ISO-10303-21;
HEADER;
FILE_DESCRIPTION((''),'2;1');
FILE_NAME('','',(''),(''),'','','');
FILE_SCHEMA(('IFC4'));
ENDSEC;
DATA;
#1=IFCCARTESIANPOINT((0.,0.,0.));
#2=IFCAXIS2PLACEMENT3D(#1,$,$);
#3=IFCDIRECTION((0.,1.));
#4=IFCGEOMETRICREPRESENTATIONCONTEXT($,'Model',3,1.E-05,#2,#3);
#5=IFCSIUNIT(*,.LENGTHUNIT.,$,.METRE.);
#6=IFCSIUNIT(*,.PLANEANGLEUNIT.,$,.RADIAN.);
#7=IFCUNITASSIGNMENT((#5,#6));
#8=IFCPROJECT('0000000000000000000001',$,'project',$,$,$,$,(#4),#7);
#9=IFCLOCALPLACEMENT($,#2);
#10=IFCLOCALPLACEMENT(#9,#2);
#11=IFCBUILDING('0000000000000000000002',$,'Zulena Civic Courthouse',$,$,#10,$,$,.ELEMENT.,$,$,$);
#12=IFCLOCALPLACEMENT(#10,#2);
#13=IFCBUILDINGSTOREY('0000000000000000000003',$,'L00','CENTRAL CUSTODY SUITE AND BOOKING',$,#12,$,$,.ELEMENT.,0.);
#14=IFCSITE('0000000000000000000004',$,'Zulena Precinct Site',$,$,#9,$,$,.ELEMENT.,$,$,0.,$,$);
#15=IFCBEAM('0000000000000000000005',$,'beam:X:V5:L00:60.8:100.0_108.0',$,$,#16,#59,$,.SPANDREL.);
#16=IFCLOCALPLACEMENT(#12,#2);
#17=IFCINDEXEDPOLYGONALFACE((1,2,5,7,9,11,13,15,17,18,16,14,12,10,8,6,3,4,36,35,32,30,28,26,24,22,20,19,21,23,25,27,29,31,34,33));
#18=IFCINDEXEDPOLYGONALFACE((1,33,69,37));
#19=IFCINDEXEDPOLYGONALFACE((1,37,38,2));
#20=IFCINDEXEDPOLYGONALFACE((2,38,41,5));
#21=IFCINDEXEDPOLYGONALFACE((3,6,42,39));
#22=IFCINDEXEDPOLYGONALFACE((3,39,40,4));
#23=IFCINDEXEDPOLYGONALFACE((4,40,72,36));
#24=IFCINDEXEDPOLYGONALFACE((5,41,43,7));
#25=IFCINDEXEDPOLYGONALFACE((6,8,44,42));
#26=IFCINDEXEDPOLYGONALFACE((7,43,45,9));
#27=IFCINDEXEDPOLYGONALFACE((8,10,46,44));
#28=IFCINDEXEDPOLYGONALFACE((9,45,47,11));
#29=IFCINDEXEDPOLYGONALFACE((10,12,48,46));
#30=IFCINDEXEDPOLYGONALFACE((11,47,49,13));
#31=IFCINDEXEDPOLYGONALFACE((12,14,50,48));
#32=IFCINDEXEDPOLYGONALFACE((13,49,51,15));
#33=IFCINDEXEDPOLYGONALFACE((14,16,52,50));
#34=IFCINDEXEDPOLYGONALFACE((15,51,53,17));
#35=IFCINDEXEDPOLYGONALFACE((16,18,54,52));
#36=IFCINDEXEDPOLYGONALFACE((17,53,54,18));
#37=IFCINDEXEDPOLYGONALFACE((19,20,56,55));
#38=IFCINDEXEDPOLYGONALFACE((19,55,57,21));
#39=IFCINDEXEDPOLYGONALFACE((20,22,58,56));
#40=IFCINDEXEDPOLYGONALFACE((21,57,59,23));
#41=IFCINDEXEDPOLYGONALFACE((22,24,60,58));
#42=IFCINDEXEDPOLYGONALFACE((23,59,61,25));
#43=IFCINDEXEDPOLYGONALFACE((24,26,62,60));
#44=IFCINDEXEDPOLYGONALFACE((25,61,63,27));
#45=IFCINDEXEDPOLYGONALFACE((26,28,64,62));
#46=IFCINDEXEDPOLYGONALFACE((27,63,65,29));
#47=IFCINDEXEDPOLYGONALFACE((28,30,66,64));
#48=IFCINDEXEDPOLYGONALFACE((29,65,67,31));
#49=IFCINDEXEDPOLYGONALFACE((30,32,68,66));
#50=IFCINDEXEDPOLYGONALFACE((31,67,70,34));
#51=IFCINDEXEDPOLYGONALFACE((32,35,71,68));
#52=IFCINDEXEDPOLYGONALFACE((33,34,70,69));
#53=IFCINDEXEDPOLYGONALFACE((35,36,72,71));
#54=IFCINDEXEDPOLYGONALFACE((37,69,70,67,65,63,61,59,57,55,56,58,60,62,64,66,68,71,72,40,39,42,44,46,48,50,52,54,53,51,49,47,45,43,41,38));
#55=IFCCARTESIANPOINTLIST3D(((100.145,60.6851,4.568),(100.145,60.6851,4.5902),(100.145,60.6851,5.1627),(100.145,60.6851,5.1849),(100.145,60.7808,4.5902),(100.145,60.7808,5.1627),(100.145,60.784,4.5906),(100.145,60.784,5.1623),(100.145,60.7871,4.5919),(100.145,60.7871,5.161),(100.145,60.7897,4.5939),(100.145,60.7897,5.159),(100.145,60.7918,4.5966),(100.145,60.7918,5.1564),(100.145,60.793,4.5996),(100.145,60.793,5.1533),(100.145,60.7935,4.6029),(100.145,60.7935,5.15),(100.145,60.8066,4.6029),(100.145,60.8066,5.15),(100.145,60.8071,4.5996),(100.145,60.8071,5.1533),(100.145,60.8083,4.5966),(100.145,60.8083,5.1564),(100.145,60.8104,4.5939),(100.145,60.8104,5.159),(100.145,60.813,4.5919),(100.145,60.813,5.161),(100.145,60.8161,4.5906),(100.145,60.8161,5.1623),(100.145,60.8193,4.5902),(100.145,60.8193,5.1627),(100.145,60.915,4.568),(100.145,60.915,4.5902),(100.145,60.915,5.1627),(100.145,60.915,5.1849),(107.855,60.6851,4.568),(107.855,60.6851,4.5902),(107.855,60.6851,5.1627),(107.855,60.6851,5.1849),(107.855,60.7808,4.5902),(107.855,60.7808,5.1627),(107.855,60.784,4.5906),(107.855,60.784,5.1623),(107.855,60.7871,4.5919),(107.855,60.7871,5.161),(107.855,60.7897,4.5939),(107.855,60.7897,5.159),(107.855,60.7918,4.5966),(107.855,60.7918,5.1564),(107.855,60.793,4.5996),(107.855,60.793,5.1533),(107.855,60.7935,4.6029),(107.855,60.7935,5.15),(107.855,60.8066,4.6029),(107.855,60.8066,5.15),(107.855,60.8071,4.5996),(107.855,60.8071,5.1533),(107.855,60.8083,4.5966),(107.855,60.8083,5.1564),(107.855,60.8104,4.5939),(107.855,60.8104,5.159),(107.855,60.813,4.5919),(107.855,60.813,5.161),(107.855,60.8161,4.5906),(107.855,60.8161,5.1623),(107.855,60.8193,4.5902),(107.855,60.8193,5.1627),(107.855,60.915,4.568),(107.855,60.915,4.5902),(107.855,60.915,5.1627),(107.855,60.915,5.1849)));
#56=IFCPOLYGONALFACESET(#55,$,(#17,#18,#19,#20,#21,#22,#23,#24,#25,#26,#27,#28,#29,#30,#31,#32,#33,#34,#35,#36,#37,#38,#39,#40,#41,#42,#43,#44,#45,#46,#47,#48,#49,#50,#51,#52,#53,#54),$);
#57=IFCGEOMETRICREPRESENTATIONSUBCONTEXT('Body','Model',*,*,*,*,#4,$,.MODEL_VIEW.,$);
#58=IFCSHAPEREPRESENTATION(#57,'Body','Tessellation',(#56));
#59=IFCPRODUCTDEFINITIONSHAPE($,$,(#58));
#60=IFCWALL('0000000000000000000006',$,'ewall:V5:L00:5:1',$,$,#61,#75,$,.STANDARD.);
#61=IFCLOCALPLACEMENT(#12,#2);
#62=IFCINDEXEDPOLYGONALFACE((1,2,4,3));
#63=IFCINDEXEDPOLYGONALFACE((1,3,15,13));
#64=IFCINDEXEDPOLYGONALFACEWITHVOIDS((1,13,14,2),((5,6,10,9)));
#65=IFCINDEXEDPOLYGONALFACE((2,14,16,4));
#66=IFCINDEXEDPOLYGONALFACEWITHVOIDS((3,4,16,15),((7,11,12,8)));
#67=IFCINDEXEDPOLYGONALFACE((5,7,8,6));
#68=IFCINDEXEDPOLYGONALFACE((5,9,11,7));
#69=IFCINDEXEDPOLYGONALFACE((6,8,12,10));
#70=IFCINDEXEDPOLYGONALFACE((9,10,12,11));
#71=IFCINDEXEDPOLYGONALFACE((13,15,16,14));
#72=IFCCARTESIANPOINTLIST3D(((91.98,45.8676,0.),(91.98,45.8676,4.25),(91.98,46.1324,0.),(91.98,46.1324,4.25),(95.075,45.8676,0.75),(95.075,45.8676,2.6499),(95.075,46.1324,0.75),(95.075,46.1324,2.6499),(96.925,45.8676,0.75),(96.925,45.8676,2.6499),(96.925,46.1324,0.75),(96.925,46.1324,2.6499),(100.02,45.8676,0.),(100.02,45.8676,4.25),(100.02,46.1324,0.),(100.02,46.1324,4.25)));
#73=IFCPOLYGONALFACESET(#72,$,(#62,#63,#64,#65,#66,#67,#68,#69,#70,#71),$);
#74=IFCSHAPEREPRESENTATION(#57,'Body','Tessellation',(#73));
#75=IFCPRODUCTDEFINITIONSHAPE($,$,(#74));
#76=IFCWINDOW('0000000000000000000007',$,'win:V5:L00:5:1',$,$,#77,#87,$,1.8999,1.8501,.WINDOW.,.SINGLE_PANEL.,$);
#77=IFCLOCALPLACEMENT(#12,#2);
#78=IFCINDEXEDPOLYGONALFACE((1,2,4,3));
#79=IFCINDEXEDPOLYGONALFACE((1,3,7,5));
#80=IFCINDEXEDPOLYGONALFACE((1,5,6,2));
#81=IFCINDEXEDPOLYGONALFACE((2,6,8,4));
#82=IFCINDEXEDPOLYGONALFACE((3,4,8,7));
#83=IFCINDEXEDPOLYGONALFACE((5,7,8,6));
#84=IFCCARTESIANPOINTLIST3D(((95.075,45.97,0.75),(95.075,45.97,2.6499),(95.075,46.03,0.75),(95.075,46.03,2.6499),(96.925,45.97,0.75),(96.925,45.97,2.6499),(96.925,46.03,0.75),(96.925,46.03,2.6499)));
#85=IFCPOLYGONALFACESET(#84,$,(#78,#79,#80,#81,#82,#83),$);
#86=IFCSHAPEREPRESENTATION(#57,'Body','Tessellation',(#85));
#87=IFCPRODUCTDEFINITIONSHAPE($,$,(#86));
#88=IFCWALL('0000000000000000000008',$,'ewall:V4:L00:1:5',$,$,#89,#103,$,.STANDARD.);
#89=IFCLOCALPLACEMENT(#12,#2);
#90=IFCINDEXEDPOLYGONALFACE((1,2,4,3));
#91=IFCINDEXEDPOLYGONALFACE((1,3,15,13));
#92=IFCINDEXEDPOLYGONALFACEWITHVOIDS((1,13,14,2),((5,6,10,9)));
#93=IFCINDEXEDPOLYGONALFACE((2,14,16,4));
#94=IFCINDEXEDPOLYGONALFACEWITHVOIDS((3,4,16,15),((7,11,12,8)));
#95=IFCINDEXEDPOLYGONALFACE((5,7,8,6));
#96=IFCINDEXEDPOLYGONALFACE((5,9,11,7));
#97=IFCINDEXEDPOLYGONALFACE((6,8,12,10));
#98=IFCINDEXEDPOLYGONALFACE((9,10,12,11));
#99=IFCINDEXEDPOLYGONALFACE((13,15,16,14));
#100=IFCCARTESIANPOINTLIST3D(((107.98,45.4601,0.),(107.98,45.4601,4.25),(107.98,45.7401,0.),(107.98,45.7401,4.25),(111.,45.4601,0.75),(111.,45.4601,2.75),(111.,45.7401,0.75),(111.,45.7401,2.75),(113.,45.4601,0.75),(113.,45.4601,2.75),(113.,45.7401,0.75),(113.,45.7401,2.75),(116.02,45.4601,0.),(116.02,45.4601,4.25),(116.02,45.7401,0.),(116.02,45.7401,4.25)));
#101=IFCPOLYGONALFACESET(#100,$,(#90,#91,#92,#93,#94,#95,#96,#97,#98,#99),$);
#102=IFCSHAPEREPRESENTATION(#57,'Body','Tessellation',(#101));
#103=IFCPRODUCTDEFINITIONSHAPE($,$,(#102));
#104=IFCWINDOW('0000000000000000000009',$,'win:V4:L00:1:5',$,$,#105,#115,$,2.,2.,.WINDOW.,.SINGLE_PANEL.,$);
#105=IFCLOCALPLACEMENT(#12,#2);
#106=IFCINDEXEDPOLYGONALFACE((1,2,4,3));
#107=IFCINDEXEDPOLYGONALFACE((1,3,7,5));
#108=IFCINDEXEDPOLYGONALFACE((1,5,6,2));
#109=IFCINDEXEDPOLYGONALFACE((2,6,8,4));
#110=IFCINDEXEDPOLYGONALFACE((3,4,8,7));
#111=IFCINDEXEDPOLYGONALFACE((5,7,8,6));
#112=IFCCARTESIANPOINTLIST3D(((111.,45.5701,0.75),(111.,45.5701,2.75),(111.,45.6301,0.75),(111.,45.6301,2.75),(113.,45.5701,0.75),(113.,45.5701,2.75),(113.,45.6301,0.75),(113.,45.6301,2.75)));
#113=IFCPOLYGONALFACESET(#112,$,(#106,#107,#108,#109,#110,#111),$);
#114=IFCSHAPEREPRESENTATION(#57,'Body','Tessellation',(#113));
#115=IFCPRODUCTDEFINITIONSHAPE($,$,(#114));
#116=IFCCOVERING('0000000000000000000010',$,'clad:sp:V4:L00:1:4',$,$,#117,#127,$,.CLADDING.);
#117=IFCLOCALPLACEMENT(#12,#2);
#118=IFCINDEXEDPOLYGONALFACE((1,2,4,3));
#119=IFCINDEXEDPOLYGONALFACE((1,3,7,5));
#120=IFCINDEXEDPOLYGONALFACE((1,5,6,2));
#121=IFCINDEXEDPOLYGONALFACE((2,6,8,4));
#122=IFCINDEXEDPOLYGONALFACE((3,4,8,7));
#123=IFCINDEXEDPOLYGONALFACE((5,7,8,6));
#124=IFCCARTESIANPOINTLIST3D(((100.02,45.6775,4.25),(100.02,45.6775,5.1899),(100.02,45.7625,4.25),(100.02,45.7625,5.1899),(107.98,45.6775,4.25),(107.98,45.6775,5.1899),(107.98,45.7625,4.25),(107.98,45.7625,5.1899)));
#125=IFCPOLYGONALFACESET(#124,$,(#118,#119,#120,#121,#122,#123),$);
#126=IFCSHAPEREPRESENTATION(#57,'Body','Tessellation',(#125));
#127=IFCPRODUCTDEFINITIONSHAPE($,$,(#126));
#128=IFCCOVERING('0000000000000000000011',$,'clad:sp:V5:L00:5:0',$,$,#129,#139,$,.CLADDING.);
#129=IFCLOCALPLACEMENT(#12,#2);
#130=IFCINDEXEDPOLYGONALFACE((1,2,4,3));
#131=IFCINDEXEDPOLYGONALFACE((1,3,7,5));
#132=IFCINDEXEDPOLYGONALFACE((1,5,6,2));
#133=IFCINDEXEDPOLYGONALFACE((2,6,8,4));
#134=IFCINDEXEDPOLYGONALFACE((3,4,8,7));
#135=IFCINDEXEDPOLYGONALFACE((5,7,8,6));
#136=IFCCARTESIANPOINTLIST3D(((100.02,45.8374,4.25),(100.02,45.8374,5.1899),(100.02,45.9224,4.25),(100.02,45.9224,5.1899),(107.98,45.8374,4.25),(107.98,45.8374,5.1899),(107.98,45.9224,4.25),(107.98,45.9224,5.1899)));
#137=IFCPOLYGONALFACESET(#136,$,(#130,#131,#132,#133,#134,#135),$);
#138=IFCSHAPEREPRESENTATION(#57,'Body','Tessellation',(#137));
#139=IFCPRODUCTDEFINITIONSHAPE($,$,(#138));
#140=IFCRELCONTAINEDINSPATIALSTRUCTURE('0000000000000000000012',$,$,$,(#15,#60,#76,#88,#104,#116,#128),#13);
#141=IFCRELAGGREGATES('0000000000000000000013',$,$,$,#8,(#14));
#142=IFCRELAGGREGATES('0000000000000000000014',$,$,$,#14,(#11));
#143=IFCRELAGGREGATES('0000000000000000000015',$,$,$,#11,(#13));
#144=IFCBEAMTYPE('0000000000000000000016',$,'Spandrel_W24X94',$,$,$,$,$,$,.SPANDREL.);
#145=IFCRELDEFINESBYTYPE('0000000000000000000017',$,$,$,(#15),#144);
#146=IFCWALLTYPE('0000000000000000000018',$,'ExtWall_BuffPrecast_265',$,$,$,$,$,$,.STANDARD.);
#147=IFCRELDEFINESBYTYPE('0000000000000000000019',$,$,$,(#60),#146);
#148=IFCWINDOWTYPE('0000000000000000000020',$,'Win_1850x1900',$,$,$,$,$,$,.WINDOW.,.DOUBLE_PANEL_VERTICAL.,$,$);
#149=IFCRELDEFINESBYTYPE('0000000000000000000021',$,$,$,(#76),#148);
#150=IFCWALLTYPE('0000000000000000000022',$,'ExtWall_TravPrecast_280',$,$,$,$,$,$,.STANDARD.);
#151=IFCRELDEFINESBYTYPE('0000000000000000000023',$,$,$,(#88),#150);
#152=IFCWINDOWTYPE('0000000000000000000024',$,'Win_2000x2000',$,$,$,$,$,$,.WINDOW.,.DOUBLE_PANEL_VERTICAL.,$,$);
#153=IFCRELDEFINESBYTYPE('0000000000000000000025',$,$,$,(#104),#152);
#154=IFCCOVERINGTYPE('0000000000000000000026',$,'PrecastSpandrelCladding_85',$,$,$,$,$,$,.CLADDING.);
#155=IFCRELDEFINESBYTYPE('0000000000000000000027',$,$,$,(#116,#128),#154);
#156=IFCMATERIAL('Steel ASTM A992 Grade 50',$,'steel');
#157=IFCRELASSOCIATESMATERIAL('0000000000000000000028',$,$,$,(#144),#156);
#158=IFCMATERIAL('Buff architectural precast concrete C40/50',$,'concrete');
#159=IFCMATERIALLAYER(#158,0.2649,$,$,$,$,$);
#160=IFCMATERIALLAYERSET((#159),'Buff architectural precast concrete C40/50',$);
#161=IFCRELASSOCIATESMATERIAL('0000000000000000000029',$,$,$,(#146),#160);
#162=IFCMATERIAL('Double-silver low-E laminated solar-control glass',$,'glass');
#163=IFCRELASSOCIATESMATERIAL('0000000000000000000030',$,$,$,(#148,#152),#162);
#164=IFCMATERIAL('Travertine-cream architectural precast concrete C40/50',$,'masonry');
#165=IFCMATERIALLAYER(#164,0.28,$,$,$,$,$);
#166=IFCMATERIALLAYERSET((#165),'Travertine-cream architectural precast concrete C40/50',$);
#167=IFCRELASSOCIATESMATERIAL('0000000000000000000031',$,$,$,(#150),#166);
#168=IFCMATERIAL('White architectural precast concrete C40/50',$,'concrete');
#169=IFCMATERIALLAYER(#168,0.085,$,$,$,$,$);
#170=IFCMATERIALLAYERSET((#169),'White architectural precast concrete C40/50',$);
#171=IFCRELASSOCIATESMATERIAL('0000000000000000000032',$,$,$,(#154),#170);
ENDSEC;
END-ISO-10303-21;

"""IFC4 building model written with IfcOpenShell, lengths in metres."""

from ifc_helpers import new_model, si_unit, direction, frame, frame_2d, origin, origin_2d, place, context, subcontext, project, spatial, rectangle, i_section, extrude, material, layer, layer_set, material_profile, profile_set, type_object, element, fill, save


model = new_model("IFC4")

# Units and contexts
model_context = context("Model", 3, precision=1e-05, world=origin(), true_north=direction((0.0, 1.0)))
body_context = subcontext(model_context, "Body", "Model", "MODEL_VIEW")
ifc_project = project(units=[si_unit("LENGTHUNIT", "METRE"), si_unit("PLANEANGLEUNIT", "RADIAN")], contexts=[model_context])

# Site, building, storey
site_placement = place(None, origin())
site = spatial("IfcSite", under=ifc_project, at=site_placement, Name="Zulena Precinct Site", CompositionType="ELEMENT", RefElevation=0.0)
building_placement = place(site_placement, origin())
building = spatial("IfcBuilding", under=site, at=building_placement, Name="Zulena Civic Courthouse", CompositionType="ELEMENT")
storey_placement = place(building_placement, origin())
storey = spatial("IfcBuildingStorey", under=building, at=storey_placement, Name="L00", Description="CENTRAL CUSTODY SUITE AND BOOKING", CompositionType="ELEMENT", Elevation=0.0)

# Shared definitions
ifc_material_1 = material(Name="Steel ASTM A992 Grade 50", Category="steel")

# Beam
ifc_material_profile_1 = material_profile(ifc_material_1, i_section(OverallWidth=0.23, OverallDepth=0.6169, WebThickness=0.0132, FlangeThickness=0.0222, FilletRadius=0.0127, at=origin_2d()), Name="W24X94")
ifc_profile_set_1 = profile_set([ifc_material_profile_1], Name="Steel ASTM A992 Grade 50")
beam_type_1 = type_object("IfcBeamType", Name="Spandrel_W24X94", PredefinedType="SPANDREL", material=ifc_profile_set_1)
for number, where, z_axis, x_axis, name in (
    (1, (100.145, 60.8, 4.8765), (1.0, 0.0, 0.0), (0.0, 1.0, 0.0), "beam:X:V5:L00:60.8:100.0_108.0"),
):
    element("IfcBeam", number, at=place(storey_placement, frame(where, z_axis=z_axis, x_axis=x_axis)), inside=storey, type_object=beam_type_1, Name=name, PredefinedType="SPANDREL", context=body_context, shape_type="SweptSolid", body=[
        extrude(i_section(OverallWidth=0.23, OverallDepth=0.6169, WebThickness=0.0132, FlangeThickness=0.0222, FilletRadius=0.0127, at=origin_2d()), origin(), (0.0, 0.0, 1.0), 7.71),
    ])

# Walls, openings, windows
ifc_material_2 = material(Name="Buff architectural precast concrete C40/50", Category="concrete")
ifc_layer_1 = layer(ifc_material_2, 0.2649)
ifc_layer_set_1 = layer_set([ifc_layer_1], Name="Buff architectural precast concrete C40/50")
wall_type_1 = type_object("IfcWallType", Name="ExtWall_BuffPrecast_265", PredefinedType="STANDARD", material=ifc_layer_set_1)
wall_1_placement = place(storey_placement, frame((100.02, 46.0, 0.0), z_axis=(0.0, 0.0, 1.0), x_axis=(-1.0, 0.0, 0.0)))
wall_1 = element("IfcWall", 2, at=wall_1_placement, inside=storey, type_object=wall_type_1, Name="ewall:V5:L00:5:1", PredefinedType="STANDARD", context=body_context, shape_type="SweptSolid", body=[
    extrude(rectangle(XDim=8.04, YDim=0.2649, at=frame_2d((4.02, 0.0))), origin(), (0.0, 0.0, 1.0), 4.25),
])
opening_1_placement = place(wall_1_placement, frame((3.095, 0.0, 0.75)))
opening_1 = element("IfcOpeningElement", 3, at=opening_1_placement, cuts=wall_1, PredefinedType="OPENING", context=body_context, shape_type="SweptSolid", body=[
    extrude(rectangle(XDim=1.8501, YDim=1.8999, at=frame_2d((0.925, 0.95))), frame((0.0, 0.1423, 0.0), z_axis=(0.0, -1.0, 0.0), x_axis=(1.0, 0.0, 0.0)), (0.0, 0.0, 1.0), 0.2849),
])
ifc_material_3 = material(Name="Double-silver low-E laminated solar-control glass", Category="glass")
window_type_1 = type_object("IfcWindowType", Name="Win_1850x1900", PartitioningType="DOUBLE_PANEL_VERTICAL", PredefinedType="WINDOW", material=ifc_material_3)
window_1_placement = place(opening_1_placement, origin())
window_1 = element("IfcWindow", 4, at=window_1_placement, inside=storey, type_object=window_type_1, Name="win:V5:L00:5:1", OverallHeight=1.8999, OverallWidth=1.8501, PartitioningType="SINGLE_PANEL", PredefinedType="WINDOW", context=body_context, shape_type="SweptSolid", body=[
    extrude(rectangle(XDim=1.8501, YDim=1.8999, at=frame_2d((0.925, 0.95))), frame((0.0, 0.03, 0.0), z_axis=(0.0, -1.0, 0.0), x_axis=(1.0, 0.0, 0.0)), (0.0, 0.0, 1.0), 0.0601),
])
fill(opening_1, window_1)
ifc_material_4 = material(Name="Travertine-cream architectural precast concrete C40/50", Category="masonry")
ifc_layer_2 = layer(ifc_material_4, 0.28)
ifc_layer_set_2 = layer_set([ifc_layer_2], Name="Travertine-cream architectural precast concrete C40/50")
wall_type_2 = type_object("IfcWallType", Name="ExtWall_TravPrecast_280", PredefinedType="STANDARD", material=ifc_layer_set_2)
wall_2_placement = place(storey_placement, frame((107.98, 45.6001, 0.0), z_axis=(0.0, 0.0, 1.0), x_axis=(1.0, 0.0, 0.0)))
wall_2 = element("IfcWall", 5, at=wall_2_placement, inside=storey, type_object=wall_type_2, Name="ewall:V4:L00:1:5", PredefinedType="STANDARD", context=body_context, shape_type="SweptSolid", body=[
    extrude(rectangle(XDim=8.04, YDim=0.28, at=frame_2d((4.02, 0.0))), origin(), (0.0, 0.0, 1.0), 4.25),
])
opening_2_placement = place(wall_2_placement, frame((3.02, 0.0, 0.75)))
opening_2 = element("IfcOpeningElement", 6, at=opening_2_placement, cuts=wall_2, PredefinedType="OPENING", context=body_context, shape_type="SweptSolid", body=[
    extrude(rectangle(XDim=2.0, YDim=2.0, at=frame_2d((1.0, 1.0))), frame((0.0, 0.1499, 0.0), z_axis=(0.0, -1.0, 0.0), x_axis=(1.0, 0.0, 0.0)), (0.0, 0.0, 1.0), 0.3),
])
window_type_2 = type_object("IfcWindowType", Name="Win_2000x2000", PartitioningType="DOUBLE_PANEL_VERTICAL", PredefinedType="WINDOW", material=ifc_material_3)
window_2_placement = place(opening_2_placement, origin())
window_2 = element("IfcWindow", 7, at=window_2_placement, inside=storey, type_object=window_type_2, Name="win:V4:L00:1:5", OverallHeight=2.0, OverallWidth=2.0, PartitioningType="SINGLE_PANEL", PredefinedType="WINDOW", context=body_context, shape_type="SweptSolid", body=[
    extrude(rectangle(XDim=2.0, YDim=2.0, at=frame_2d((1.0, 1.0))), frame((0.0, 0.03, 0.0), z_axis=(0.0, -1.0, 0.0), x_axis=(1.0, 0.0, 0.0)), (0.0, 0.0, 1.0), 0.0601),
])
fill(opening_2, window_2)

# Coverings
ifc_material_5 = material(Name="White architectural precast concrete C40/50", Category="concrete")
ifc_layer_3 = layer(ifc_material_5, 0.085)
ifc_layer_set_3 = layer_set([ifc_layer_3], Name="White architectural precast concrete C40/50")
covering_type = type_object("IfcCoveringType", Name="PrecastSpandrelCladding_85", PredefinedType="CLADDING", material=ifc_layer_set_3)
for number, where, z_axis, x_axis, name in (
    (8, (104.0, 45.72, 4.25), (0.0, 0.0, 1.0), (1.0, 0.0, 0.0), "clad:sp:V4:L00:1:4"),
    (9, (104.0, 45.8799, 4.25), (0.0, 0.0, 1.0), (-1.0, 0.0, 0.0), "clad:sp:V5:L00:5:0"),
):
    element("IfcCovering", number, at=place(storey_placement, frame(where, z_axis=z_axis, x_axis=x_axis)), inside=storey, type_object=covering_type, Name=name, PredefinedType="CLADDING", context=body_context, shape_type="SweptSolid", body=[
        extrude(rectangle(XDim=7.96, YDim=0.085, at=origin_2d()), origin(), (0.0, 0.0, 1.0), 0.9399),
    ])

save(model, "model.ifc")
